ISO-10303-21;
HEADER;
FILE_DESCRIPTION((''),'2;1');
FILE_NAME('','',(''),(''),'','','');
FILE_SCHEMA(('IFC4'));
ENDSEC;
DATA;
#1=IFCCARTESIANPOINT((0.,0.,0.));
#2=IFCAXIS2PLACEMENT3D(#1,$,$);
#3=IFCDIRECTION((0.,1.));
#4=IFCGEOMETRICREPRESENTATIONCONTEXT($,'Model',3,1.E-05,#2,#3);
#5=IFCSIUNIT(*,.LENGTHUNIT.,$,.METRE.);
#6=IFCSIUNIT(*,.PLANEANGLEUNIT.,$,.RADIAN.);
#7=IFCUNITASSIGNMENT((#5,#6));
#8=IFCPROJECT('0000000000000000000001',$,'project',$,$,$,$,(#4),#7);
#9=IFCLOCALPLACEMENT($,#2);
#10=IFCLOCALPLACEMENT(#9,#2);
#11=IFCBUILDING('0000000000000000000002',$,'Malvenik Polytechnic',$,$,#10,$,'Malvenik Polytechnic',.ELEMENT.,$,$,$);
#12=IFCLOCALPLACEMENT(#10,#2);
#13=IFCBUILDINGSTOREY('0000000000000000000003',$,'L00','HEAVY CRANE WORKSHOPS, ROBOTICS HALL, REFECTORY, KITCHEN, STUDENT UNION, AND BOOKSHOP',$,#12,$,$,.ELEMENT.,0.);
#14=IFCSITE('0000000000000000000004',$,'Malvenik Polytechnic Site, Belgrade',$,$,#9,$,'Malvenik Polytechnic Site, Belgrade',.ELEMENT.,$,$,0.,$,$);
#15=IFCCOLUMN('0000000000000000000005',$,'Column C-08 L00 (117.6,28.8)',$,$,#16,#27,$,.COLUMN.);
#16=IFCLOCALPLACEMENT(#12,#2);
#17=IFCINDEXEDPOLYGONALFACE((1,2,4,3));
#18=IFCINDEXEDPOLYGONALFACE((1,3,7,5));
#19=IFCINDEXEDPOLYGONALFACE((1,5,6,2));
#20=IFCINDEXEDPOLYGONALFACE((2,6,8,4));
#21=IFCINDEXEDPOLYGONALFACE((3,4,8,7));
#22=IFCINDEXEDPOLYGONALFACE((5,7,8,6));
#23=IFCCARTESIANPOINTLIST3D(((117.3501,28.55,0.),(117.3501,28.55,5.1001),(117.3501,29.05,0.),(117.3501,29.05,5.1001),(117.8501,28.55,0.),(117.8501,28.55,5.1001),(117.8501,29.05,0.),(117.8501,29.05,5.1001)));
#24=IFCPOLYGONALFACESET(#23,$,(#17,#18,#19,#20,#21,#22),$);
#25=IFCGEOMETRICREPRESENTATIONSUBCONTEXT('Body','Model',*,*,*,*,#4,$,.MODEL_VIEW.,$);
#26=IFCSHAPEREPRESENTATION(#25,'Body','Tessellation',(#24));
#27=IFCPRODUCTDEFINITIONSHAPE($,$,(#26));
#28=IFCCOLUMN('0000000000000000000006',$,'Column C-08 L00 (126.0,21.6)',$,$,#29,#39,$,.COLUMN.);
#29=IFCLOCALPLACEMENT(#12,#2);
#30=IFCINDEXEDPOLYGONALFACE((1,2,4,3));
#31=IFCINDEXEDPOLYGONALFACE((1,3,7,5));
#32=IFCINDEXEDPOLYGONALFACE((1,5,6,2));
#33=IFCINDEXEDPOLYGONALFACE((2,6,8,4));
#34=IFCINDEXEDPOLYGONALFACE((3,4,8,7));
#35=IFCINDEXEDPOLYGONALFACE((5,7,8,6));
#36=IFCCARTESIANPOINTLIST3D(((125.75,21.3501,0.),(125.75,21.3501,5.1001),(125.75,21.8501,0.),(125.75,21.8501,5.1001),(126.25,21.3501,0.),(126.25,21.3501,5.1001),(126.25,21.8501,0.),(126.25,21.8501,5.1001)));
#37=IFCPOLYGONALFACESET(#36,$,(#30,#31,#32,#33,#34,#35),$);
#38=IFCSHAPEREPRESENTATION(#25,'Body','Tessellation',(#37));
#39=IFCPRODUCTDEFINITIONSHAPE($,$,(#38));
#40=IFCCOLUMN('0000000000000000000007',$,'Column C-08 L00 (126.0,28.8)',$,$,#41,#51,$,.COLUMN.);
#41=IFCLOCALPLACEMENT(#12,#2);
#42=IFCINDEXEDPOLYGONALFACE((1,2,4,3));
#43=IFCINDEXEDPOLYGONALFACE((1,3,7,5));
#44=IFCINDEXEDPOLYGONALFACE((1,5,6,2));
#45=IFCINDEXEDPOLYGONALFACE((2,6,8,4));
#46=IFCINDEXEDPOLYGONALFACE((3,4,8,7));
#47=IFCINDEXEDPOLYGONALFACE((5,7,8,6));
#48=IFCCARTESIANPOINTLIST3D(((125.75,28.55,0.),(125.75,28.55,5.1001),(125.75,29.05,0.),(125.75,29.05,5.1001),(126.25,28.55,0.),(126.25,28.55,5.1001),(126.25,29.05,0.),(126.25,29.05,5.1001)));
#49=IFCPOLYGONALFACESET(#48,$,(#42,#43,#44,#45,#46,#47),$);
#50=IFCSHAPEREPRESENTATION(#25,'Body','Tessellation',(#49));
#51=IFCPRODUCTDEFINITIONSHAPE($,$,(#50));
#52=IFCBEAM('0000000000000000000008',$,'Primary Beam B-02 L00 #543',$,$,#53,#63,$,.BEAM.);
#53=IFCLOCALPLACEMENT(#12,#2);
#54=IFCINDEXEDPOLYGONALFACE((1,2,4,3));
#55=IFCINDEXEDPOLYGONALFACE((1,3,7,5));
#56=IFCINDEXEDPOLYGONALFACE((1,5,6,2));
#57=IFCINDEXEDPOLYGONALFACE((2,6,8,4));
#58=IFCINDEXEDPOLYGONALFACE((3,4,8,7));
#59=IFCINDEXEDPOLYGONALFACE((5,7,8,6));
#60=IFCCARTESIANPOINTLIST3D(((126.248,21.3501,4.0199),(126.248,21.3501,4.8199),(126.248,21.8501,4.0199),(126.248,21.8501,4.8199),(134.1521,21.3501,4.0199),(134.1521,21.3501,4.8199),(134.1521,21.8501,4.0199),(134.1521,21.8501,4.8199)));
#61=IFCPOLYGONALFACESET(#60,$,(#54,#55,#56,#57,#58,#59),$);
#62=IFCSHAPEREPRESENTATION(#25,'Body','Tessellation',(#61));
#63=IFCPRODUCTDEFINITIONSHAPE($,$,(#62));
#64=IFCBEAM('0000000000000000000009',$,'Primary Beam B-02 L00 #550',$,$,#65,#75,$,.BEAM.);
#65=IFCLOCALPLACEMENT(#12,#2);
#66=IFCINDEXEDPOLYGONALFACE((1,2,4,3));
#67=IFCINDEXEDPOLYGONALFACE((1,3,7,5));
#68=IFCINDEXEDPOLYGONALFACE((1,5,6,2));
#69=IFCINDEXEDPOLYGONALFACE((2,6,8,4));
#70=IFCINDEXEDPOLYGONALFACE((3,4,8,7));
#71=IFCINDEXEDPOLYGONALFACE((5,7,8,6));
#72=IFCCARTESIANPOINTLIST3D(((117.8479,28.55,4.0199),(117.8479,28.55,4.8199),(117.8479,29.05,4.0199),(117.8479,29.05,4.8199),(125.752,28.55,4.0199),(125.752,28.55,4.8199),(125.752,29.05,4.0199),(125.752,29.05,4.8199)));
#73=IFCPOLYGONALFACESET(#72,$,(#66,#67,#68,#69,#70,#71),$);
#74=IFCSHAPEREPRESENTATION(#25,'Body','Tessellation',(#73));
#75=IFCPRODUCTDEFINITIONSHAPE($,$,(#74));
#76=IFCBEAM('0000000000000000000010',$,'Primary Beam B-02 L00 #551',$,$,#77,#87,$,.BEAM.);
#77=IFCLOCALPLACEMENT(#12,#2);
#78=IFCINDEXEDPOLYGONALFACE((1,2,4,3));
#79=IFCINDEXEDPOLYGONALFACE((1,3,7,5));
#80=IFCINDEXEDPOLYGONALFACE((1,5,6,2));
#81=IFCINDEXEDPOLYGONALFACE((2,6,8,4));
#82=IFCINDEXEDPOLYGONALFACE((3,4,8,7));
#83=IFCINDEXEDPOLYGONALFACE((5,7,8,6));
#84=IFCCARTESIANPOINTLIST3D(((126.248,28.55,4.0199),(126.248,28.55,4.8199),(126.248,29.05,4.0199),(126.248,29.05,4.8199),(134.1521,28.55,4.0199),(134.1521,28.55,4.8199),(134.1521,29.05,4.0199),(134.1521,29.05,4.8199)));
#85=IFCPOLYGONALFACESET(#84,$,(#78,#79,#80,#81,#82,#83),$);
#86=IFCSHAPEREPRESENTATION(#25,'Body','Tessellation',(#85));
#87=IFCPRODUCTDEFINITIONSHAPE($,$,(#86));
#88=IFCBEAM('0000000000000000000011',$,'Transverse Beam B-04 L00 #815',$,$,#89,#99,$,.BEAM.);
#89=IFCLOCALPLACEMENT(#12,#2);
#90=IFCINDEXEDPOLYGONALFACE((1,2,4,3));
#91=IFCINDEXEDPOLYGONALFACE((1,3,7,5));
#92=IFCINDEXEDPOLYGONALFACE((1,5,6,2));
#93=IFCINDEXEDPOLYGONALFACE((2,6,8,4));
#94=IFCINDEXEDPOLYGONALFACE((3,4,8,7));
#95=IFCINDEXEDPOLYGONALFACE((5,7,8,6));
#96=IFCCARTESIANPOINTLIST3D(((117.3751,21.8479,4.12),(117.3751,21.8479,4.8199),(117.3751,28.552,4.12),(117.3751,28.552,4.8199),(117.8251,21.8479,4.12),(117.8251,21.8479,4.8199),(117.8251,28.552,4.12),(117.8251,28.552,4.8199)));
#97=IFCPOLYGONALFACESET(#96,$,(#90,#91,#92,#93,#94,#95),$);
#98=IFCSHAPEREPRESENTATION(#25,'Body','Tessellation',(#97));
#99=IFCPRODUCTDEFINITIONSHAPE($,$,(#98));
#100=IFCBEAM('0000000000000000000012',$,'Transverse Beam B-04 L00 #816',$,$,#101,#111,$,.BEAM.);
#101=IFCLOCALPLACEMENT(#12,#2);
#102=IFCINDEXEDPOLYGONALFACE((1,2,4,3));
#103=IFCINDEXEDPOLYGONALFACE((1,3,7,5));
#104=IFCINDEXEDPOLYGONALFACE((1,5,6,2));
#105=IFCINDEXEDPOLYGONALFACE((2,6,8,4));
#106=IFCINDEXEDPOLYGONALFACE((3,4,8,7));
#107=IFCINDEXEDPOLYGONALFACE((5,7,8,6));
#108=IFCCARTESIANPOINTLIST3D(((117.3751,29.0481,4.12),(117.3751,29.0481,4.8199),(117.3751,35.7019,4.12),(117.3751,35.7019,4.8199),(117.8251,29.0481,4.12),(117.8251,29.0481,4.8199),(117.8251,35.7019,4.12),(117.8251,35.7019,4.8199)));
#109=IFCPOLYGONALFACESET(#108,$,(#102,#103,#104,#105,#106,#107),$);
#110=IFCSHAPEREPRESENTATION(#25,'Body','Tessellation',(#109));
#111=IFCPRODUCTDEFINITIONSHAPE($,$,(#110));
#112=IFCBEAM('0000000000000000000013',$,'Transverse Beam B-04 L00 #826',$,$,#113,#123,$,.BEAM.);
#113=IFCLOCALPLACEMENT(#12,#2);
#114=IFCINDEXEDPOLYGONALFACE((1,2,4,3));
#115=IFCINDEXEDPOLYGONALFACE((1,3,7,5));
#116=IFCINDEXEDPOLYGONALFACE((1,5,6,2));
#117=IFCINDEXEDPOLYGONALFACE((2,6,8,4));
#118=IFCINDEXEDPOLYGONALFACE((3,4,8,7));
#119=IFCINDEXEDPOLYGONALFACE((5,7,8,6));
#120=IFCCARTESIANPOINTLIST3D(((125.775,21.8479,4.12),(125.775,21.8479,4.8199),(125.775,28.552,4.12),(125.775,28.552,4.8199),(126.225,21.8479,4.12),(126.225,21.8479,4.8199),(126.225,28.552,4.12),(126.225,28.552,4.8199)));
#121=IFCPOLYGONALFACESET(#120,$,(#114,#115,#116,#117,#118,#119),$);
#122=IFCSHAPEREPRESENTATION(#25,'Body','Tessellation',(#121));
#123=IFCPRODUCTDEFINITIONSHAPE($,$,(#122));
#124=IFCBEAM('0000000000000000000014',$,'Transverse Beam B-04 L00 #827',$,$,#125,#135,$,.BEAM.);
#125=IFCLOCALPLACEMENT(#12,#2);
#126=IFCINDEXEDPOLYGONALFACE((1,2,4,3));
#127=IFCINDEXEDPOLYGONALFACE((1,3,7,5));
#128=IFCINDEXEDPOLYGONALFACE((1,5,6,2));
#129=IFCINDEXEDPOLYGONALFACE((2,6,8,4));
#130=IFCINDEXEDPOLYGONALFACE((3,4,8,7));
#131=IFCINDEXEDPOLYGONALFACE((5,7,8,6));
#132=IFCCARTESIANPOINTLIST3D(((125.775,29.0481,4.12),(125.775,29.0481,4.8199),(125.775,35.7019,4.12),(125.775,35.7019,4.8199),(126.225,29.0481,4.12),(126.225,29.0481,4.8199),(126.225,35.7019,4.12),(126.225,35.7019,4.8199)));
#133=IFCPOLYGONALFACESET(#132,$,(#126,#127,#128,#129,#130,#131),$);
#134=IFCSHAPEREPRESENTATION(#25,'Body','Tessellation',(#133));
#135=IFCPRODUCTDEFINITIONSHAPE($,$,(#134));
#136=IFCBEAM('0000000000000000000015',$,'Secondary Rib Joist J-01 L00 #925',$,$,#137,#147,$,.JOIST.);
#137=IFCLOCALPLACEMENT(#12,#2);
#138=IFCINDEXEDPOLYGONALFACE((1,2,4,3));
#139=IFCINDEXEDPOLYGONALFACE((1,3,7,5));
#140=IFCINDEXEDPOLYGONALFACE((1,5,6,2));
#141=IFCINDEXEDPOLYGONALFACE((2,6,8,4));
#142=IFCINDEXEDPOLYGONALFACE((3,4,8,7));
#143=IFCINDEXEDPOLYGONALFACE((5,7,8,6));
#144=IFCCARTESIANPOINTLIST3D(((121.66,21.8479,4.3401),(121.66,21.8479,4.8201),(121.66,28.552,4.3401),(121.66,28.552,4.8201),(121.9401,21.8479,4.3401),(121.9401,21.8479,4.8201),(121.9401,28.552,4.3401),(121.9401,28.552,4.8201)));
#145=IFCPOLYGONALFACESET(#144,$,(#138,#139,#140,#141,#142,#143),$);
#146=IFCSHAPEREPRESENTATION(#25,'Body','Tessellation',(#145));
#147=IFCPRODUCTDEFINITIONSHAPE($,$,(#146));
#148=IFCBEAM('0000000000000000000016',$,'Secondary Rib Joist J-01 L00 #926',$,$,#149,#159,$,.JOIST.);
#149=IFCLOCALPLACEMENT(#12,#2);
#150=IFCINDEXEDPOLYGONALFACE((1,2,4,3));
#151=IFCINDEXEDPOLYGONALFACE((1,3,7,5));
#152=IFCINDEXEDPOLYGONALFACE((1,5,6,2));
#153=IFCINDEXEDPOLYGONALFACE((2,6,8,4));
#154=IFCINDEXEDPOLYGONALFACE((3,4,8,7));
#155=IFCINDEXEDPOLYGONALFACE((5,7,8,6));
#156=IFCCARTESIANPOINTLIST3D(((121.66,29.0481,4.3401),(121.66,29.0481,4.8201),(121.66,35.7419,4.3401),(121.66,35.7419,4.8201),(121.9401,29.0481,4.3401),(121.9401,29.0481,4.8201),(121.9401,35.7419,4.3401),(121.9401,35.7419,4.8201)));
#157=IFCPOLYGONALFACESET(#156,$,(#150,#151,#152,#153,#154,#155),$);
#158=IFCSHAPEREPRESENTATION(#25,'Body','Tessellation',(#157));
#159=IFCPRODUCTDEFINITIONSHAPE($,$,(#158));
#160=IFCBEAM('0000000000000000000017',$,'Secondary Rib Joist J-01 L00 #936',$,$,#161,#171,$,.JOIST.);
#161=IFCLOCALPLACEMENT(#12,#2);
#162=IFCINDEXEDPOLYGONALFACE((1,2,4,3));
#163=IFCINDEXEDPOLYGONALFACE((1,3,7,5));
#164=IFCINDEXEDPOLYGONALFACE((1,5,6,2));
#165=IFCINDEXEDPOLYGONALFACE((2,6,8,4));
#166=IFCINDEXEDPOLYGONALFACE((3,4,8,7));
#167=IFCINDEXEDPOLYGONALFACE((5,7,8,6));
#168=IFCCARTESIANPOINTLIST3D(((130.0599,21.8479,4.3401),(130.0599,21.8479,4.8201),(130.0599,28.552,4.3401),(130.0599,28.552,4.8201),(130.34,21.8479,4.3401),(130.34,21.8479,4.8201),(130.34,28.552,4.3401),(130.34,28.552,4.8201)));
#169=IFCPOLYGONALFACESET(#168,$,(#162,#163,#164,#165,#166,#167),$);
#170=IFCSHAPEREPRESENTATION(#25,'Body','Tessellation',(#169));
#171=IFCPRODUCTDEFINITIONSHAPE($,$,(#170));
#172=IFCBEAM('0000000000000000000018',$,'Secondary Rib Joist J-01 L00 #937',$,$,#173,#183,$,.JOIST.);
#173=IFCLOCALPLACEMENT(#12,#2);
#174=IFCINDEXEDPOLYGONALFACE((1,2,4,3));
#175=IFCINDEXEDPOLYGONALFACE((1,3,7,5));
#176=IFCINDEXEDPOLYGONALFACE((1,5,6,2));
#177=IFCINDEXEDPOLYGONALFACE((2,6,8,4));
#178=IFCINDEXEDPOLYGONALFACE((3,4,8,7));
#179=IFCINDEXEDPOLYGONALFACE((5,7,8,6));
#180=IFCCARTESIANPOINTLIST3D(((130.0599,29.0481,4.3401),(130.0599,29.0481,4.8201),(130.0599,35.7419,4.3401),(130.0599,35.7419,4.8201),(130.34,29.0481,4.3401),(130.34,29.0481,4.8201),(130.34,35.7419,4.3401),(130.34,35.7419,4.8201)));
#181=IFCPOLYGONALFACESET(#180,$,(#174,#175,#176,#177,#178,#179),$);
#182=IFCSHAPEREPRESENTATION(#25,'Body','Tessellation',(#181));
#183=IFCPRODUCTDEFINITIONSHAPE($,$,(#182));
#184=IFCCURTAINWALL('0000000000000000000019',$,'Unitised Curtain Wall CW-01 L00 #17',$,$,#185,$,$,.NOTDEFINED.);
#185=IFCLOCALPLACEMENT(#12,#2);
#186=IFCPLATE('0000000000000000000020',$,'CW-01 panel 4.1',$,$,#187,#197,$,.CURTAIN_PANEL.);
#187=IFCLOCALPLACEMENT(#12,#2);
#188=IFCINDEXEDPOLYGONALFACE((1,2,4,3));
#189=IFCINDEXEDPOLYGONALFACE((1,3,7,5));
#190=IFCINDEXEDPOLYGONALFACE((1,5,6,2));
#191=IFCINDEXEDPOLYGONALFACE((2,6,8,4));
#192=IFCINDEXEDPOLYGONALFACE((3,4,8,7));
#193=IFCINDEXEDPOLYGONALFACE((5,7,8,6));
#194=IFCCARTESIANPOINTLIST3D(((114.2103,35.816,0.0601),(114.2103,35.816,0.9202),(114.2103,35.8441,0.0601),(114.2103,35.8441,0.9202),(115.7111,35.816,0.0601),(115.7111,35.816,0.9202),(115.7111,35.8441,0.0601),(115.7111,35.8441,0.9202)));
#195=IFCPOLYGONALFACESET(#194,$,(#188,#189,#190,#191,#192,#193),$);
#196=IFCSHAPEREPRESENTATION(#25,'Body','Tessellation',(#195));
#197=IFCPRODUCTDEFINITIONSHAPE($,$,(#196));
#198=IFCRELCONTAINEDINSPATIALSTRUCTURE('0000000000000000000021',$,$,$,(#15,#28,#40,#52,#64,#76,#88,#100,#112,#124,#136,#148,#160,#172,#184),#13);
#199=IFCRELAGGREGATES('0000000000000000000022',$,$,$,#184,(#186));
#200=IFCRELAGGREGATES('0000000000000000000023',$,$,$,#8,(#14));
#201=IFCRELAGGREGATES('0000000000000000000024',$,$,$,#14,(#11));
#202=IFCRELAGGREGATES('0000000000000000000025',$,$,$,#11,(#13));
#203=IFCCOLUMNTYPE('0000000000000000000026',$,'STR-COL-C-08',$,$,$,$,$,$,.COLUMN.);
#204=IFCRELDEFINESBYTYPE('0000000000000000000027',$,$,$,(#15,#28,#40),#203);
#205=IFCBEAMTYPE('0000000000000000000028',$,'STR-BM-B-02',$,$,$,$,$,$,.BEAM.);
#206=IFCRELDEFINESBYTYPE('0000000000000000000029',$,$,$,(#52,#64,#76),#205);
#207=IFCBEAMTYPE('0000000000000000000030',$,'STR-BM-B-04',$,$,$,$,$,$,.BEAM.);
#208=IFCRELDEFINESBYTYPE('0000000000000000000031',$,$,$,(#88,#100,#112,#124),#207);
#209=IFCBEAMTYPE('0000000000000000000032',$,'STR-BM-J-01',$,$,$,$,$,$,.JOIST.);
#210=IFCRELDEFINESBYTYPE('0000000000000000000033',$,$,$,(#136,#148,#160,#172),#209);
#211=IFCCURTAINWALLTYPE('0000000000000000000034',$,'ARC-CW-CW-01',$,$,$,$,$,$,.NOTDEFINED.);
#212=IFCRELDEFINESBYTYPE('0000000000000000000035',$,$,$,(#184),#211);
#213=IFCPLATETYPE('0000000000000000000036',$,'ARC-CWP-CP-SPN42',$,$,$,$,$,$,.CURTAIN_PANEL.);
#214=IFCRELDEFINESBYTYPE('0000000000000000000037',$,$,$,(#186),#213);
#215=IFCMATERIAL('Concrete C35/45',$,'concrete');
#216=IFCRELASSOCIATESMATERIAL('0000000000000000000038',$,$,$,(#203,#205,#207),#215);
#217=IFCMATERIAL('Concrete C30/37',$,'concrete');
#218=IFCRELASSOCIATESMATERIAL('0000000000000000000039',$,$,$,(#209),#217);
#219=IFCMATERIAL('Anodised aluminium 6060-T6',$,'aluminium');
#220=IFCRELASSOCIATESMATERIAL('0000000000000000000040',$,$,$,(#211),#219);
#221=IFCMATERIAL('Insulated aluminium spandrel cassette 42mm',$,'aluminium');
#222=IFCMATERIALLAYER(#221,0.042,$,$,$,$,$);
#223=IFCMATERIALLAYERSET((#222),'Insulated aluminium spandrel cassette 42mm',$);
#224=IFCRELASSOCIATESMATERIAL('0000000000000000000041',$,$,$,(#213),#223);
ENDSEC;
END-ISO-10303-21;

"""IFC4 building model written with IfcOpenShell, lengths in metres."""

from ifc_helpers import new_model, si_unit, direction, frame, origin, origin_2d, place, context, subcontext, project, spatial, rectangle, extrude, material, layer, layer_set, material_profile, profile_set, type_object, element, aggregate, save


model = new_model("IFC4")

# Units and contexts
model_context = context("Model", 3, precision=1e-05, world=origin(), true_north=direction((0.0, 1.0)))
body_context = subcontext(model_context, "Body", "Model", "MODEL_VIEW")
ifc_project = project(units=[si_unit("LENGTHUNIT", "METRE"), si_unit("PLANEANGLEUNIT", "RADIAN")], contexts=[model_context])

# Site, building, storey
site_placement = place(None, origin())
site = spatial("IfcSite", under=ifc_project, at=site_placement, Name="Malvenik Polytechnic Site, Belgrade", LongName="Malvenik Polytechnic Site, Belgrade", CompositionType="ELEMENT", RefElevation=0.0)
building_placement = place(site_placement, origin())
building = spatial("IfcBuilding", under=site, at=building_placement, Name="Malvenik Polytechnic", LongName="Malvenik Polytechnic", CompositionType="ELEMENT")
storey_placement = place(building_placement, origin())
storey = spatial("IfcBuildingStorey", under=building, at=storey_placement, Name="L00", Description="HEAVY CRANE WORKSHOPS, ROBOTICS HALL, REFECTORY, KITCHEN, STUDENT UNION, AND BOOKSHOP", CompositionType="ELEMENT", Elevation=0.0)

# Columns
ifc_material_1 = material(Name="Concrete C35/45", Category="concrete")
ifc_material_profile_1 = material_profile(ifc_material_1, rectangle(XDim=0.5, YDim=0.5, at=origin_2d()), Name="RC COL 500x500")
ifc_profile_set_1 = profile_set([ifc_material_profile_1], Name="Concrete C35/45")
column_type = type_object("IfcColumnType", Name="STR-COL-C-08", PredefinedType="COLUMN", material=ifc_profile_set_1)
for number, where, z_axis, x_axis, name in (
    (1, (117.6001, 28.8, 0.0), (0.0, 0.0, 1.0), (1.0, 0.0, 0.0), "Column C-08 L00 (117.6,28.8)"),
    (2, (126.0, 21.6001, 0.0), (0.0, 0.0, 1.0), (1.0, 0.0, 0.0), "Column C-08 L00 (126.0,21.6)"),
    (3, (126.0, 28.8, 0.0), (0.0, 0.0, 1.0), (1.0, 0.0, 0.0), "Column C-08 L00 (126.0,28.8)"),
):
    element("IfcColumn", number, at=place(storey_placement, frame(where, z_axis=z_axis, x_axis=x_axis)), inside=storey, type_object=column_type, Name=name, PredefinedType="COLUMN", context=body_context, shape_type="SweptSolid", body=[
        extrude(rectangle(XDim=0.5, YDim=0.5, at=origin_2d()), origin(), (0.0, 0.0, 1.0), 5.1001),
    ])

# Beams
ifc_material_profile_2 = material_profile(ifc_material_1, rectangle(XDim=0.5, YDim=0.8, at=origin_2d()), Name="RC BM 500x800")
ifc_profile_set_2 = profile_set([ifc_material_profile_2], Name="Concrete C35/45")
beam_type_1 = type_object("IfcBeamType", Name="STR-BM-B-02", PredefinedType="BEAM", material=ifc_profile_set_2)
for number, where, z_axis, x_axis, name in (
    (4, (126.248, 21.6001, 4.4199), (1.0, 0.0, 0.0), (0.0, 1.0, 0.0), "Primary Beam B-02 L00 #543"),
    (5, (117.8479, 28.8, 4.4199), (1.0, 0.0, 0.0), (0.0, 1.0, 0.0), "Primary Beam B-02 L00 #550"),
    (6, (126.248, 28.8, 4.4199), (1.0, 0.0, 0.0), (0.0, 1.0, 0.0), "Primary Beam B-02 L00 #551"),
):
    element("IfcBeam", number, at=place(storey_placement, frame(where, z_axis=z_axis, x_axis=x_axis)), inside=storey, type_object=beam_type_1, Name=name, PredefinedType="BEAM", context=body_context, shape_type="SweptSolid", body=[
        extrude(rectangle(XDim=0.5, YDim=0.8, at=origin_2d()), origin(), (0.0, 0.0, 1.0), 7.9041),
    ])
ifc_material_profile_3 = material_profile(ifc_material_1, rectangle(XDim=0.45, YDim=0.7, at=origin_2d()), Name="RC BM 450x700")
ifc_profile_set_3 = profile_set([ifc_material_profile_3], Name="Concrete C35/45")
beam_type_2 = type_object("IfcBeamType", Name="STR-BM-B-04", PredefinedType="BEAM", material=ifc_profile_set_3)
beam_1_placement = place(storey_placement, frame((117.6001, 21.8479, 4.47), z_axis=(0.0, 1.0, 0.0), x_axis=(-1.0, 0.0, 0.0)))
element("IfcBeam", 7, at=beam_1_placement, inside=storey, type_object=beam_type_2, Name="Transverse Beam B-04 L00 #815", PredefinedType="BEAM", context=body_context, shape_type="SweptSolid", body=[
    extrude(rectangle(XDim=0.45, YDim=0.7, at=origin_2d()), origin(), (0.0, 0.0, 1.0), 6.7041),
])
beam_2_placement = place(storey_placement, frame((117.6001, 29.0481, 4.47), z_axis=(0.0, 1.0, 0.0), x_axis=(-1.0, 0.0, 0.0)))
element("IfcBeam", 8, at=beam_2_placement, inside=storey, type_object=beam_type_2, Name="Transverse Beam B-04 L00 #816", PredefinedType="BEAM", context=body_context, shape_type="SweptSolid", body=[
    extrude(rectangle(XDim=0.45, YDim=0.7, at=origin_2d()), origin(), (0.0, 0.0, 1.0), 6.6538),
])
beam_3_placement = place(storey_placement, frame((126.0, 21.8479, 4.47), z_axis=(0.0, 1.0, 0.0), x_axis=(-1.0, 0.0, 0.0)))
element("IfcBeam", 9, at=beam_3_placement, inside=storey, type_object=beam_type_2, Name="Transverse Beam B-04 L00 #826", PredefinedType="BEAM", context=body_context, shape_type="SweptSolid", body=[
    extrude(rectangle(XDim=0.45, YDim=0.7, at=origin_2d()), origin(), (0.0, 0.0, 1.0), 6.7041),
])
beam_4_placement = place(storey_placement, frame((126.0, 29.0481, 4.47), z_axis=(0.0, 1.0, 0.0), x_axis=(-1.0, 0.0, 0.0)))
element("IfcBeam", 10, at=beam_4_placement, inside=storey, type_object=beam_type_2, Name="Transverse Beam B-04 L00 #827", PredefinedType="BEAM", context=body_context, shape_type="SweptSolid", body=[
    extrude(rectangle(XDim=0.45, YDim=0.7, at=origin_2d()), origin(), (0.0, 0.0, 1.0), 6.6538),
])
ifc_material_2 = material(Name="Concrete C30/37", Category="concrete")
ifc_material_profile_4 = material_profile(ifc_material_2, rectangle(XDim=0.28, YDim=0.48, at=origin_2d()), Name="RC JST 280x480")
ifc_profile_set_4 = profile_set([ifc_material_profile_4], Name="Concrete C30/37")
beam_type_3 = type_object("IfcBeamType", Name="STR-BM-J-01", PredefinedType="JOIST", material=ifc_profile_set_4)
beam_5_placement = place(storey_placement, frame((121.8, 21.8479, 4.5801), z_axis=(0.0, 1.0, 0.0), x_axis=(-1.0, 0.0, 0.0)))
element("IfcBeam", 11, at=beam_5_placement, inside=storey, type_object=beam_type_3, Name="Secondary Rib Joist J-01 L00 #925", PredefinedType="JOIST", context=body_context, shape_type="SweptSolid", body=[
    extrude(rectangle(XDim=0.28, YDim=0.48, at=origin_2d()), origin(), (0.0, 0.0, 1.0), 6.7041),
])
beam_6_placement = place(storey_placement, frame((121.8, 29.0481, 4.5801), z_axis=(0.0, 1.0, 0.0), x_axis=(-1.0, 0.0, 0.0)))
element("IfcBeam", 12, at=beam_6_placement, inside=storey, type_object=beam_type_3, Name="Secondary Rib Joist J-01 L00 #926", PredefinedType="JOIST", context=body_context, shape_type="SweptSolid", body=[
    extrude(rectangle(XDim=0.28, YDim=0.48, at=origin_2d()), origin(), (0.0, 0.0, 1.0), 6.6938),
])
beam_7_placement = place(storey_placement, frame((130.2, 21.8479, 4.5801), z_axis=(0.0, 1.0, 0.0), x_axis=(-1.0, 0.0, 0.0)))
element("IfcBeam", 13, at=beam_7_placement, inside=storey, type_object=beam_type_3, Name="Secondary Rib Joist J-01 L00 #936", PredefinedType="JOIST", context=body_context, shape_type="SweptSolid", body=[
    extrude(rectangle(XDim=0.28, YDim=0.48, at=origin_2d()), origin(), (0.0, 0.0, 1.0), 6.7041),
])
beam_8_placement = place(storey_placement, frame((130.2, 29.0481, 4.5801), z_axis=(0.0, 1.0, 0.0), x_axis=(-1.0, 0.0, 0.0)))
element("IfcBeam", 14, at=beam_8_placement, inside=storey, type_object=beam_type_3, Name="Secondary Rib Joist J-01 L00 #937", PredefinedType="JOIST", context=body_context, shape_type="SweptSolid", body=[
    extrude(rectangle(XDim=0.28, YDim=0.48, at=origin_2d()), origin(), (0.0, 0.0, 1.0), 6.6938),
])

# Curtain wall, plate
ifc_material_3 = material(Name="Anodised aluminium 6060-T6", Category="aluminium")
curtain_wall_type = type_object("IfcCurtainWallType", Name="ARC-CW-CW-01", PredefinedType="NOTDEFINED", material=ifc_material_3)
curtain_wall_placement = place(storey_placement, origin())
curtain_wall = element("IfcCurtainWall", 15, at=curtain_wall_placement, inside=storey, type_object=curtain_wall_type, Name="Unitised Curtain Wall CW-01 L00 #17", PredefinedType="NOTDEFINED")
ifc_material_4 = material(Name="Insulated aluminium spandrel cassette 42mm", Category="aluminium")
ifc_layer_1 = layer(ifc_material_4, 0.042)
ifc_layer_set_1 = layer_set([ifc_layer_1], Name="Insulated aluminium spandrel cassette 42mm")
plate_type = type_object("IfcPlateType", Name="ARC-CWP-CP-SPN42", PredefinedType="CURTAIN_PANEL", material=ifc_layer_set_1)
plate_placement = place(storey_placement, frame((114.9607, 35.8301, 0.0601), z_axis=(0.0, 0.0, 1.0), x_axis=(1.0, 0.0, 0.0)))
plate = element("IfcPlate", 16, at=plate_placement, type_object=plate_type, Name="CW-01 panel 4.1", PredefinedType="CURTAIN_PANEL", context=body_context, shape_type="SweptSolid", body=[
    extrude(rectangle(XDim=1.5007, YDim=0.0281, at=origin_2d()), origin(), (0.0, 0.0, 1.0), 0.8601),
])
aggregate(curtain_wall, [plate])

save(model, "model.ifc")
